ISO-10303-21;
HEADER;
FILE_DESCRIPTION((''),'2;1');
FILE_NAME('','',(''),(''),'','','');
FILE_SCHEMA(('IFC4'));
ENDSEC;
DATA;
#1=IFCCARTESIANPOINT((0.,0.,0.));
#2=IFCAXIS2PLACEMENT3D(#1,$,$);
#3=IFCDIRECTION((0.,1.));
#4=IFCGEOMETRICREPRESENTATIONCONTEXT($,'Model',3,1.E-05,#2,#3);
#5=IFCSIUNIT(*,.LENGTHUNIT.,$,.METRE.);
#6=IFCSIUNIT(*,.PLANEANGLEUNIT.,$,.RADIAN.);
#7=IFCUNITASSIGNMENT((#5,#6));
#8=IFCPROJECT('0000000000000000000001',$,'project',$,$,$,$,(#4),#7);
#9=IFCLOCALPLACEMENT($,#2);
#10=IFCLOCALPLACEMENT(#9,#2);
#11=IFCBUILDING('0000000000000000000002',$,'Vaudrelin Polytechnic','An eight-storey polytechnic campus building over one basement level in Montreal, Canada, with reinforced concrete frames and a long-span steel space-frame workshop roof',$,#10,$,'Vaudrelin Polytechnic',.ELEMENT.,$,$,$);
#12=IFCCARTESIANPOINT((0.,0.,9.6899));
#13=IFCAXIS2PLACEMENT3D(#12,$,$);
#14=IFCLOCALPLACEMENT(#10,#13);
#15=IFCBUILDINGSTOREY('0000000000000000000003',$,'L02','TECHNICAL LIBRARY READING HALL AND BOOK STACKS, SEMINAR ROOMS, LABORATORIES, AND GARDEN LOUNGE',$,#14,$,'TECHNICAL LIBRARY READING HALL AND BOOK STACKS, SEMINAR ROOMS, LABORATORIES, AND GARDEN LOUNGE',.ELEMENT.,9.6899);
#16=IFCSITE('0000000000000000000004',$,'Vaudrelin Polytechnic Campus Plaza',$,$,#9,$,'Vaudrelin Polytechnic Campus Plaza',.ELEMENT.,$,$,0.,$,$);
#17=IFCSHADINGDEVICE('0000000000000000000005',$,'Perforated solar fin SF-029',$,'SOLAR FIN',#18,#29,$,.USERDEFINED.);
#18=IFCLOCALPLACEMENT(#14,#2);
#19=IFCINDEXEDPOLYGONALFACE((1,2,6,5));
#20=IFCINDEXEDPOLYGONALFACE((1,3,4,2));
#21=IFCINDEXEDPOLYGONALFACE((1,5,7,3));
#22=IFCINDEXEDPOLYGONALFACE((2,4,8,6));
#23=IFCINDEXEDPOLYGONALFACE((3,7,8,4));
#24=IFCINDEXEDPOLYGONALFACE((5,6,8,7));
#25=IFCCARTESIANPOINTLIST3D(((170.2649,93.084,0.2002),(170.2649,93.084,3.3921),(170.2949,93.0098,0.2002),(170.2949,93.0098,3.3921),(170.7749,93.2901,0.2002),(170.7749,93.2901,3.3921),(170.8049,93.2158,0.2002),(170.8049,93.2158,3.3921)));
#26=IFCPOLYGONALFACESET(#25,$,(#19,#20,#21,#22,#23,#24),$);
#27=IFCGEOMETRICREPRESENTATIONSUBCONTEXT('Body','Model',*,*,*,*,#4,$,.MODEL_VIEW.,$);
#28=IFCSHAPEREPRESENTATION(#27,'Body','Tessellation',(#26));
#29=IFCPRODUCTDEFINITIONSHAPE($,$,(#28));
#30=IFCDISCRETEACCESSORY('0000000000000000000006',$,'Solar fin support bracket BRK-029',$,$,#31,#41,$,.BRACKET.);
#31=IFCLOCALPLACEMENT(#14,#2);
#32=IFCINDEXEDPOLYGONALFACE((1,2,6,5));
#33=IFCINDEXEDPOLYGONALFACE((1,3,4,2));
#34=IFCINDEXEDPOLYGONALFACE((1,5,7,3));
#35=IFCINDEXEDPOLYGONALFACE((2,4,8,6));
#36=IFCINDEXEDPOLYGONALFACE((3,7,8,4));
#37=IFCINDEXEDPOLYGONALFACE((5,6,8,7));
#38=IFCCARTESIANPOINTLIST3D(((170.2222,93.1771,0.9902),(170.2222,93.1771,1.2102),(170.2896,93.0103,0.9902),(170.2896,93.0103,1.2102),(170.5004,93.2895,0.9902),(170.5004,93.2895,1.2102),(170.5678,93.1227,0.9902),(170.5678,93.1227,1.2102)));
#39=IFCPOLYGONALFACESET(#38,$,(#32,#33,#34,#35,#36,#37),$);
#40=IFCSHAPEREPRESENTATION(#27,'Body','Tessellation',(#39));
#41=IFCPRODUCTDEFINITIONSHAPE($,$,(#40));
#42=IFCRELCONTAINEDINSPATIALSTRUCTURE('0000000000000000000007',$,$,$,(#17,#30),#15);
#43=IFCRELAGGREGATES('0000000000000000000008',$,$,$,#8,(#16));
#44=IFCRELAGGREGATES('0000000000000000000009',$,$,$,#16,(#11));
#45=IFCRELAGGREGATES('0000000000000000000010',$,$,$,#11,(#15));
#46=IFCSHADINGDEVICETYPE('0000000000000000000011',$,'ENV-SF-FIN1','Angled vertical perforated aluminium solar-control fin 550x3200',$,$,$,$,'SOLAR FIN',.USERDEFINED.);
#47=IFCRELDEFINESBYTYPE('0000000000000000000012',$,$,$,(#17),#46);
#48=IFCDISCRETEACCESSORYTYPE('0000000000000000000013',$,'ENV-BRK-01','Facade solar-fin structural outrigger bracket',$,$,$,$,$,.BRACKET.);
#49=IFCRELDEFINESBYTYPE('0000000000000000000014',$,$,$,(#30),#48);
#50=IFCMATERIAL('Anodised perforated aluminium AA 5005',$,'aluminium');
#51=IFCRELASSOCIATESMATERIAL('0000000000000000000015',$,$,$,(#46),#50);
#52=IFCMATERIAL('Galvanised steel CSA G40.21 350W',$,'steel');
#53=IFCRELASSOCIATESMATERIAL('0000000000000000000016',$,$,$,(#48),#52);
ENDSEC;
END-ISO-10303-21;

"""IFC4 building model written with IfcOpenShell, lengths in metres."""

from ifc_helpers import new_model, si_unit, direction, frame, origin, origin_2d, place, context, subcontext, project, spatial, rectangle, extrude, material, type_object, element, save


model = new_model("IFC4")

# Units and contexts
model_context = context("Model", 3, precision=1e-05, world=origin(), true_north=direction((0.0, 1.0)))
body_context = subcontext(model_context, "Body", "Model", "MODEL_VIEW")
ifc_project = project(units=[si_unit("LENGTHUNIT", "METRE"), si_unit("PLANEANGLEUNIT", "RADIAN")], contexts=[model_context])

# Site, building, storey
site_placement = place(None, origin())
site = spatial("IfcSite", under=ifc_project, at=site_placement, Name="Vaudrelin Polytechnic Campus Plaza", LongName="Vaudrelin Polytechnic Campus Plaza", CompositionType="ELEMENT", RefElevation=0.0)
building_placement = place(site_placement, origin())
building = spatial("IfcBuilding", under=site, at=building_placement, Name="Vaudrelin Polytechnic", Description="An eight-storey polytechnic campus building over one basement level in Montreal, Canada, with reinforced concrete frames and a long-span steel space-frame workshop roof", LongName="Vaudrelin Polytechnic", CompositionType="ELEMENT")
storey_placement = place(building_placement, frame((0.0, 0.0, 9.6899)))
storey = spatial("IfcBuildingStorey", under=building, at=storey_placement, Name="L02", Description="TECHNICAL LIBRARY READING HALL AND BOOK STACKS, SEMINAR ROOMS, LABORATORIES, AND GARDEN LOUNGE", LongName="TECHNICAL LIBRARY READING HALL AND BOOK STACKS, SEMINAR ROOMS, LABORATORIES, AND GARDEN LOUNGE", CompositionType="ELEMENT", Elevation=9.6899)

# Shading device
ifc_material_1 = material(Name="Anodised perforated aluminium AA 5005", Category="aluminium")
shading_device_type = type_object("IfcShadingDeviceType", Name="ENV-SF-FIN1", Description="Angled vertical perforated aluminium solar-control fin 550x3200", ElementType="SOLAR FIN", PredefinedType="USERDEFINED", material=ifc_material_1)
shading_device_placement = place(storey_placement, frame((170.5349, 93.1499, 0.2002), z_axis=(0.0, 0.0, 1.0), x_axis=(0.927184, 0.374607, 0.0)))
element("IfcShadingDevice", 1, at=shading_device_placement, inside=storey, type_object=shading_device_type, Name="Perforated solar fin SF-029", ObjectType="SOLAR FIN", PredefinedType="USERDEFINED", context=body_context, shape_type="SweptSolid", body=[
    extrude(rectangle(XDim=0.55, YDim=0.0801, at=origin_2d()), origin(), (0.0, 0.0, 1.0), 3.1919),
])

# Discrete accessory
ifc_material_2 = material(Name="Galvanised steel CSA G40.21 350W", Category="steel")
discrete_accessory_type = type_object("IfcDiscreteAccessoryType", Name="ENV-BRK-01", Description="Facade solar-fin structural outrigger bracket", PredefinedType="BRACKET", material=ifc_material_2)
discrete_accessory_placement = place(storey_placement, frame((170.395, 93.1499, 0.9902), z_axis=(0.0, 0.0, 1.0), x_axis=(0.927184, 0.374607, 0.0)))
element("IfcDiscreteAccessory", 2, at=discrete_accessory_placement, inside=storey, type_object=discrete_accessory_type, Name="Solar fin support bracket BRK-029", PredefinedType="BRACKET", context=body_context, shape_type="SweptSolid", body=[
    extrude(rectangle(XDim=0.3, YDim=0.1799, at=origin_2d()), origin(), (0.0, 0.0, 1.0), 0.22),
])

save(model, "model.ifc")
